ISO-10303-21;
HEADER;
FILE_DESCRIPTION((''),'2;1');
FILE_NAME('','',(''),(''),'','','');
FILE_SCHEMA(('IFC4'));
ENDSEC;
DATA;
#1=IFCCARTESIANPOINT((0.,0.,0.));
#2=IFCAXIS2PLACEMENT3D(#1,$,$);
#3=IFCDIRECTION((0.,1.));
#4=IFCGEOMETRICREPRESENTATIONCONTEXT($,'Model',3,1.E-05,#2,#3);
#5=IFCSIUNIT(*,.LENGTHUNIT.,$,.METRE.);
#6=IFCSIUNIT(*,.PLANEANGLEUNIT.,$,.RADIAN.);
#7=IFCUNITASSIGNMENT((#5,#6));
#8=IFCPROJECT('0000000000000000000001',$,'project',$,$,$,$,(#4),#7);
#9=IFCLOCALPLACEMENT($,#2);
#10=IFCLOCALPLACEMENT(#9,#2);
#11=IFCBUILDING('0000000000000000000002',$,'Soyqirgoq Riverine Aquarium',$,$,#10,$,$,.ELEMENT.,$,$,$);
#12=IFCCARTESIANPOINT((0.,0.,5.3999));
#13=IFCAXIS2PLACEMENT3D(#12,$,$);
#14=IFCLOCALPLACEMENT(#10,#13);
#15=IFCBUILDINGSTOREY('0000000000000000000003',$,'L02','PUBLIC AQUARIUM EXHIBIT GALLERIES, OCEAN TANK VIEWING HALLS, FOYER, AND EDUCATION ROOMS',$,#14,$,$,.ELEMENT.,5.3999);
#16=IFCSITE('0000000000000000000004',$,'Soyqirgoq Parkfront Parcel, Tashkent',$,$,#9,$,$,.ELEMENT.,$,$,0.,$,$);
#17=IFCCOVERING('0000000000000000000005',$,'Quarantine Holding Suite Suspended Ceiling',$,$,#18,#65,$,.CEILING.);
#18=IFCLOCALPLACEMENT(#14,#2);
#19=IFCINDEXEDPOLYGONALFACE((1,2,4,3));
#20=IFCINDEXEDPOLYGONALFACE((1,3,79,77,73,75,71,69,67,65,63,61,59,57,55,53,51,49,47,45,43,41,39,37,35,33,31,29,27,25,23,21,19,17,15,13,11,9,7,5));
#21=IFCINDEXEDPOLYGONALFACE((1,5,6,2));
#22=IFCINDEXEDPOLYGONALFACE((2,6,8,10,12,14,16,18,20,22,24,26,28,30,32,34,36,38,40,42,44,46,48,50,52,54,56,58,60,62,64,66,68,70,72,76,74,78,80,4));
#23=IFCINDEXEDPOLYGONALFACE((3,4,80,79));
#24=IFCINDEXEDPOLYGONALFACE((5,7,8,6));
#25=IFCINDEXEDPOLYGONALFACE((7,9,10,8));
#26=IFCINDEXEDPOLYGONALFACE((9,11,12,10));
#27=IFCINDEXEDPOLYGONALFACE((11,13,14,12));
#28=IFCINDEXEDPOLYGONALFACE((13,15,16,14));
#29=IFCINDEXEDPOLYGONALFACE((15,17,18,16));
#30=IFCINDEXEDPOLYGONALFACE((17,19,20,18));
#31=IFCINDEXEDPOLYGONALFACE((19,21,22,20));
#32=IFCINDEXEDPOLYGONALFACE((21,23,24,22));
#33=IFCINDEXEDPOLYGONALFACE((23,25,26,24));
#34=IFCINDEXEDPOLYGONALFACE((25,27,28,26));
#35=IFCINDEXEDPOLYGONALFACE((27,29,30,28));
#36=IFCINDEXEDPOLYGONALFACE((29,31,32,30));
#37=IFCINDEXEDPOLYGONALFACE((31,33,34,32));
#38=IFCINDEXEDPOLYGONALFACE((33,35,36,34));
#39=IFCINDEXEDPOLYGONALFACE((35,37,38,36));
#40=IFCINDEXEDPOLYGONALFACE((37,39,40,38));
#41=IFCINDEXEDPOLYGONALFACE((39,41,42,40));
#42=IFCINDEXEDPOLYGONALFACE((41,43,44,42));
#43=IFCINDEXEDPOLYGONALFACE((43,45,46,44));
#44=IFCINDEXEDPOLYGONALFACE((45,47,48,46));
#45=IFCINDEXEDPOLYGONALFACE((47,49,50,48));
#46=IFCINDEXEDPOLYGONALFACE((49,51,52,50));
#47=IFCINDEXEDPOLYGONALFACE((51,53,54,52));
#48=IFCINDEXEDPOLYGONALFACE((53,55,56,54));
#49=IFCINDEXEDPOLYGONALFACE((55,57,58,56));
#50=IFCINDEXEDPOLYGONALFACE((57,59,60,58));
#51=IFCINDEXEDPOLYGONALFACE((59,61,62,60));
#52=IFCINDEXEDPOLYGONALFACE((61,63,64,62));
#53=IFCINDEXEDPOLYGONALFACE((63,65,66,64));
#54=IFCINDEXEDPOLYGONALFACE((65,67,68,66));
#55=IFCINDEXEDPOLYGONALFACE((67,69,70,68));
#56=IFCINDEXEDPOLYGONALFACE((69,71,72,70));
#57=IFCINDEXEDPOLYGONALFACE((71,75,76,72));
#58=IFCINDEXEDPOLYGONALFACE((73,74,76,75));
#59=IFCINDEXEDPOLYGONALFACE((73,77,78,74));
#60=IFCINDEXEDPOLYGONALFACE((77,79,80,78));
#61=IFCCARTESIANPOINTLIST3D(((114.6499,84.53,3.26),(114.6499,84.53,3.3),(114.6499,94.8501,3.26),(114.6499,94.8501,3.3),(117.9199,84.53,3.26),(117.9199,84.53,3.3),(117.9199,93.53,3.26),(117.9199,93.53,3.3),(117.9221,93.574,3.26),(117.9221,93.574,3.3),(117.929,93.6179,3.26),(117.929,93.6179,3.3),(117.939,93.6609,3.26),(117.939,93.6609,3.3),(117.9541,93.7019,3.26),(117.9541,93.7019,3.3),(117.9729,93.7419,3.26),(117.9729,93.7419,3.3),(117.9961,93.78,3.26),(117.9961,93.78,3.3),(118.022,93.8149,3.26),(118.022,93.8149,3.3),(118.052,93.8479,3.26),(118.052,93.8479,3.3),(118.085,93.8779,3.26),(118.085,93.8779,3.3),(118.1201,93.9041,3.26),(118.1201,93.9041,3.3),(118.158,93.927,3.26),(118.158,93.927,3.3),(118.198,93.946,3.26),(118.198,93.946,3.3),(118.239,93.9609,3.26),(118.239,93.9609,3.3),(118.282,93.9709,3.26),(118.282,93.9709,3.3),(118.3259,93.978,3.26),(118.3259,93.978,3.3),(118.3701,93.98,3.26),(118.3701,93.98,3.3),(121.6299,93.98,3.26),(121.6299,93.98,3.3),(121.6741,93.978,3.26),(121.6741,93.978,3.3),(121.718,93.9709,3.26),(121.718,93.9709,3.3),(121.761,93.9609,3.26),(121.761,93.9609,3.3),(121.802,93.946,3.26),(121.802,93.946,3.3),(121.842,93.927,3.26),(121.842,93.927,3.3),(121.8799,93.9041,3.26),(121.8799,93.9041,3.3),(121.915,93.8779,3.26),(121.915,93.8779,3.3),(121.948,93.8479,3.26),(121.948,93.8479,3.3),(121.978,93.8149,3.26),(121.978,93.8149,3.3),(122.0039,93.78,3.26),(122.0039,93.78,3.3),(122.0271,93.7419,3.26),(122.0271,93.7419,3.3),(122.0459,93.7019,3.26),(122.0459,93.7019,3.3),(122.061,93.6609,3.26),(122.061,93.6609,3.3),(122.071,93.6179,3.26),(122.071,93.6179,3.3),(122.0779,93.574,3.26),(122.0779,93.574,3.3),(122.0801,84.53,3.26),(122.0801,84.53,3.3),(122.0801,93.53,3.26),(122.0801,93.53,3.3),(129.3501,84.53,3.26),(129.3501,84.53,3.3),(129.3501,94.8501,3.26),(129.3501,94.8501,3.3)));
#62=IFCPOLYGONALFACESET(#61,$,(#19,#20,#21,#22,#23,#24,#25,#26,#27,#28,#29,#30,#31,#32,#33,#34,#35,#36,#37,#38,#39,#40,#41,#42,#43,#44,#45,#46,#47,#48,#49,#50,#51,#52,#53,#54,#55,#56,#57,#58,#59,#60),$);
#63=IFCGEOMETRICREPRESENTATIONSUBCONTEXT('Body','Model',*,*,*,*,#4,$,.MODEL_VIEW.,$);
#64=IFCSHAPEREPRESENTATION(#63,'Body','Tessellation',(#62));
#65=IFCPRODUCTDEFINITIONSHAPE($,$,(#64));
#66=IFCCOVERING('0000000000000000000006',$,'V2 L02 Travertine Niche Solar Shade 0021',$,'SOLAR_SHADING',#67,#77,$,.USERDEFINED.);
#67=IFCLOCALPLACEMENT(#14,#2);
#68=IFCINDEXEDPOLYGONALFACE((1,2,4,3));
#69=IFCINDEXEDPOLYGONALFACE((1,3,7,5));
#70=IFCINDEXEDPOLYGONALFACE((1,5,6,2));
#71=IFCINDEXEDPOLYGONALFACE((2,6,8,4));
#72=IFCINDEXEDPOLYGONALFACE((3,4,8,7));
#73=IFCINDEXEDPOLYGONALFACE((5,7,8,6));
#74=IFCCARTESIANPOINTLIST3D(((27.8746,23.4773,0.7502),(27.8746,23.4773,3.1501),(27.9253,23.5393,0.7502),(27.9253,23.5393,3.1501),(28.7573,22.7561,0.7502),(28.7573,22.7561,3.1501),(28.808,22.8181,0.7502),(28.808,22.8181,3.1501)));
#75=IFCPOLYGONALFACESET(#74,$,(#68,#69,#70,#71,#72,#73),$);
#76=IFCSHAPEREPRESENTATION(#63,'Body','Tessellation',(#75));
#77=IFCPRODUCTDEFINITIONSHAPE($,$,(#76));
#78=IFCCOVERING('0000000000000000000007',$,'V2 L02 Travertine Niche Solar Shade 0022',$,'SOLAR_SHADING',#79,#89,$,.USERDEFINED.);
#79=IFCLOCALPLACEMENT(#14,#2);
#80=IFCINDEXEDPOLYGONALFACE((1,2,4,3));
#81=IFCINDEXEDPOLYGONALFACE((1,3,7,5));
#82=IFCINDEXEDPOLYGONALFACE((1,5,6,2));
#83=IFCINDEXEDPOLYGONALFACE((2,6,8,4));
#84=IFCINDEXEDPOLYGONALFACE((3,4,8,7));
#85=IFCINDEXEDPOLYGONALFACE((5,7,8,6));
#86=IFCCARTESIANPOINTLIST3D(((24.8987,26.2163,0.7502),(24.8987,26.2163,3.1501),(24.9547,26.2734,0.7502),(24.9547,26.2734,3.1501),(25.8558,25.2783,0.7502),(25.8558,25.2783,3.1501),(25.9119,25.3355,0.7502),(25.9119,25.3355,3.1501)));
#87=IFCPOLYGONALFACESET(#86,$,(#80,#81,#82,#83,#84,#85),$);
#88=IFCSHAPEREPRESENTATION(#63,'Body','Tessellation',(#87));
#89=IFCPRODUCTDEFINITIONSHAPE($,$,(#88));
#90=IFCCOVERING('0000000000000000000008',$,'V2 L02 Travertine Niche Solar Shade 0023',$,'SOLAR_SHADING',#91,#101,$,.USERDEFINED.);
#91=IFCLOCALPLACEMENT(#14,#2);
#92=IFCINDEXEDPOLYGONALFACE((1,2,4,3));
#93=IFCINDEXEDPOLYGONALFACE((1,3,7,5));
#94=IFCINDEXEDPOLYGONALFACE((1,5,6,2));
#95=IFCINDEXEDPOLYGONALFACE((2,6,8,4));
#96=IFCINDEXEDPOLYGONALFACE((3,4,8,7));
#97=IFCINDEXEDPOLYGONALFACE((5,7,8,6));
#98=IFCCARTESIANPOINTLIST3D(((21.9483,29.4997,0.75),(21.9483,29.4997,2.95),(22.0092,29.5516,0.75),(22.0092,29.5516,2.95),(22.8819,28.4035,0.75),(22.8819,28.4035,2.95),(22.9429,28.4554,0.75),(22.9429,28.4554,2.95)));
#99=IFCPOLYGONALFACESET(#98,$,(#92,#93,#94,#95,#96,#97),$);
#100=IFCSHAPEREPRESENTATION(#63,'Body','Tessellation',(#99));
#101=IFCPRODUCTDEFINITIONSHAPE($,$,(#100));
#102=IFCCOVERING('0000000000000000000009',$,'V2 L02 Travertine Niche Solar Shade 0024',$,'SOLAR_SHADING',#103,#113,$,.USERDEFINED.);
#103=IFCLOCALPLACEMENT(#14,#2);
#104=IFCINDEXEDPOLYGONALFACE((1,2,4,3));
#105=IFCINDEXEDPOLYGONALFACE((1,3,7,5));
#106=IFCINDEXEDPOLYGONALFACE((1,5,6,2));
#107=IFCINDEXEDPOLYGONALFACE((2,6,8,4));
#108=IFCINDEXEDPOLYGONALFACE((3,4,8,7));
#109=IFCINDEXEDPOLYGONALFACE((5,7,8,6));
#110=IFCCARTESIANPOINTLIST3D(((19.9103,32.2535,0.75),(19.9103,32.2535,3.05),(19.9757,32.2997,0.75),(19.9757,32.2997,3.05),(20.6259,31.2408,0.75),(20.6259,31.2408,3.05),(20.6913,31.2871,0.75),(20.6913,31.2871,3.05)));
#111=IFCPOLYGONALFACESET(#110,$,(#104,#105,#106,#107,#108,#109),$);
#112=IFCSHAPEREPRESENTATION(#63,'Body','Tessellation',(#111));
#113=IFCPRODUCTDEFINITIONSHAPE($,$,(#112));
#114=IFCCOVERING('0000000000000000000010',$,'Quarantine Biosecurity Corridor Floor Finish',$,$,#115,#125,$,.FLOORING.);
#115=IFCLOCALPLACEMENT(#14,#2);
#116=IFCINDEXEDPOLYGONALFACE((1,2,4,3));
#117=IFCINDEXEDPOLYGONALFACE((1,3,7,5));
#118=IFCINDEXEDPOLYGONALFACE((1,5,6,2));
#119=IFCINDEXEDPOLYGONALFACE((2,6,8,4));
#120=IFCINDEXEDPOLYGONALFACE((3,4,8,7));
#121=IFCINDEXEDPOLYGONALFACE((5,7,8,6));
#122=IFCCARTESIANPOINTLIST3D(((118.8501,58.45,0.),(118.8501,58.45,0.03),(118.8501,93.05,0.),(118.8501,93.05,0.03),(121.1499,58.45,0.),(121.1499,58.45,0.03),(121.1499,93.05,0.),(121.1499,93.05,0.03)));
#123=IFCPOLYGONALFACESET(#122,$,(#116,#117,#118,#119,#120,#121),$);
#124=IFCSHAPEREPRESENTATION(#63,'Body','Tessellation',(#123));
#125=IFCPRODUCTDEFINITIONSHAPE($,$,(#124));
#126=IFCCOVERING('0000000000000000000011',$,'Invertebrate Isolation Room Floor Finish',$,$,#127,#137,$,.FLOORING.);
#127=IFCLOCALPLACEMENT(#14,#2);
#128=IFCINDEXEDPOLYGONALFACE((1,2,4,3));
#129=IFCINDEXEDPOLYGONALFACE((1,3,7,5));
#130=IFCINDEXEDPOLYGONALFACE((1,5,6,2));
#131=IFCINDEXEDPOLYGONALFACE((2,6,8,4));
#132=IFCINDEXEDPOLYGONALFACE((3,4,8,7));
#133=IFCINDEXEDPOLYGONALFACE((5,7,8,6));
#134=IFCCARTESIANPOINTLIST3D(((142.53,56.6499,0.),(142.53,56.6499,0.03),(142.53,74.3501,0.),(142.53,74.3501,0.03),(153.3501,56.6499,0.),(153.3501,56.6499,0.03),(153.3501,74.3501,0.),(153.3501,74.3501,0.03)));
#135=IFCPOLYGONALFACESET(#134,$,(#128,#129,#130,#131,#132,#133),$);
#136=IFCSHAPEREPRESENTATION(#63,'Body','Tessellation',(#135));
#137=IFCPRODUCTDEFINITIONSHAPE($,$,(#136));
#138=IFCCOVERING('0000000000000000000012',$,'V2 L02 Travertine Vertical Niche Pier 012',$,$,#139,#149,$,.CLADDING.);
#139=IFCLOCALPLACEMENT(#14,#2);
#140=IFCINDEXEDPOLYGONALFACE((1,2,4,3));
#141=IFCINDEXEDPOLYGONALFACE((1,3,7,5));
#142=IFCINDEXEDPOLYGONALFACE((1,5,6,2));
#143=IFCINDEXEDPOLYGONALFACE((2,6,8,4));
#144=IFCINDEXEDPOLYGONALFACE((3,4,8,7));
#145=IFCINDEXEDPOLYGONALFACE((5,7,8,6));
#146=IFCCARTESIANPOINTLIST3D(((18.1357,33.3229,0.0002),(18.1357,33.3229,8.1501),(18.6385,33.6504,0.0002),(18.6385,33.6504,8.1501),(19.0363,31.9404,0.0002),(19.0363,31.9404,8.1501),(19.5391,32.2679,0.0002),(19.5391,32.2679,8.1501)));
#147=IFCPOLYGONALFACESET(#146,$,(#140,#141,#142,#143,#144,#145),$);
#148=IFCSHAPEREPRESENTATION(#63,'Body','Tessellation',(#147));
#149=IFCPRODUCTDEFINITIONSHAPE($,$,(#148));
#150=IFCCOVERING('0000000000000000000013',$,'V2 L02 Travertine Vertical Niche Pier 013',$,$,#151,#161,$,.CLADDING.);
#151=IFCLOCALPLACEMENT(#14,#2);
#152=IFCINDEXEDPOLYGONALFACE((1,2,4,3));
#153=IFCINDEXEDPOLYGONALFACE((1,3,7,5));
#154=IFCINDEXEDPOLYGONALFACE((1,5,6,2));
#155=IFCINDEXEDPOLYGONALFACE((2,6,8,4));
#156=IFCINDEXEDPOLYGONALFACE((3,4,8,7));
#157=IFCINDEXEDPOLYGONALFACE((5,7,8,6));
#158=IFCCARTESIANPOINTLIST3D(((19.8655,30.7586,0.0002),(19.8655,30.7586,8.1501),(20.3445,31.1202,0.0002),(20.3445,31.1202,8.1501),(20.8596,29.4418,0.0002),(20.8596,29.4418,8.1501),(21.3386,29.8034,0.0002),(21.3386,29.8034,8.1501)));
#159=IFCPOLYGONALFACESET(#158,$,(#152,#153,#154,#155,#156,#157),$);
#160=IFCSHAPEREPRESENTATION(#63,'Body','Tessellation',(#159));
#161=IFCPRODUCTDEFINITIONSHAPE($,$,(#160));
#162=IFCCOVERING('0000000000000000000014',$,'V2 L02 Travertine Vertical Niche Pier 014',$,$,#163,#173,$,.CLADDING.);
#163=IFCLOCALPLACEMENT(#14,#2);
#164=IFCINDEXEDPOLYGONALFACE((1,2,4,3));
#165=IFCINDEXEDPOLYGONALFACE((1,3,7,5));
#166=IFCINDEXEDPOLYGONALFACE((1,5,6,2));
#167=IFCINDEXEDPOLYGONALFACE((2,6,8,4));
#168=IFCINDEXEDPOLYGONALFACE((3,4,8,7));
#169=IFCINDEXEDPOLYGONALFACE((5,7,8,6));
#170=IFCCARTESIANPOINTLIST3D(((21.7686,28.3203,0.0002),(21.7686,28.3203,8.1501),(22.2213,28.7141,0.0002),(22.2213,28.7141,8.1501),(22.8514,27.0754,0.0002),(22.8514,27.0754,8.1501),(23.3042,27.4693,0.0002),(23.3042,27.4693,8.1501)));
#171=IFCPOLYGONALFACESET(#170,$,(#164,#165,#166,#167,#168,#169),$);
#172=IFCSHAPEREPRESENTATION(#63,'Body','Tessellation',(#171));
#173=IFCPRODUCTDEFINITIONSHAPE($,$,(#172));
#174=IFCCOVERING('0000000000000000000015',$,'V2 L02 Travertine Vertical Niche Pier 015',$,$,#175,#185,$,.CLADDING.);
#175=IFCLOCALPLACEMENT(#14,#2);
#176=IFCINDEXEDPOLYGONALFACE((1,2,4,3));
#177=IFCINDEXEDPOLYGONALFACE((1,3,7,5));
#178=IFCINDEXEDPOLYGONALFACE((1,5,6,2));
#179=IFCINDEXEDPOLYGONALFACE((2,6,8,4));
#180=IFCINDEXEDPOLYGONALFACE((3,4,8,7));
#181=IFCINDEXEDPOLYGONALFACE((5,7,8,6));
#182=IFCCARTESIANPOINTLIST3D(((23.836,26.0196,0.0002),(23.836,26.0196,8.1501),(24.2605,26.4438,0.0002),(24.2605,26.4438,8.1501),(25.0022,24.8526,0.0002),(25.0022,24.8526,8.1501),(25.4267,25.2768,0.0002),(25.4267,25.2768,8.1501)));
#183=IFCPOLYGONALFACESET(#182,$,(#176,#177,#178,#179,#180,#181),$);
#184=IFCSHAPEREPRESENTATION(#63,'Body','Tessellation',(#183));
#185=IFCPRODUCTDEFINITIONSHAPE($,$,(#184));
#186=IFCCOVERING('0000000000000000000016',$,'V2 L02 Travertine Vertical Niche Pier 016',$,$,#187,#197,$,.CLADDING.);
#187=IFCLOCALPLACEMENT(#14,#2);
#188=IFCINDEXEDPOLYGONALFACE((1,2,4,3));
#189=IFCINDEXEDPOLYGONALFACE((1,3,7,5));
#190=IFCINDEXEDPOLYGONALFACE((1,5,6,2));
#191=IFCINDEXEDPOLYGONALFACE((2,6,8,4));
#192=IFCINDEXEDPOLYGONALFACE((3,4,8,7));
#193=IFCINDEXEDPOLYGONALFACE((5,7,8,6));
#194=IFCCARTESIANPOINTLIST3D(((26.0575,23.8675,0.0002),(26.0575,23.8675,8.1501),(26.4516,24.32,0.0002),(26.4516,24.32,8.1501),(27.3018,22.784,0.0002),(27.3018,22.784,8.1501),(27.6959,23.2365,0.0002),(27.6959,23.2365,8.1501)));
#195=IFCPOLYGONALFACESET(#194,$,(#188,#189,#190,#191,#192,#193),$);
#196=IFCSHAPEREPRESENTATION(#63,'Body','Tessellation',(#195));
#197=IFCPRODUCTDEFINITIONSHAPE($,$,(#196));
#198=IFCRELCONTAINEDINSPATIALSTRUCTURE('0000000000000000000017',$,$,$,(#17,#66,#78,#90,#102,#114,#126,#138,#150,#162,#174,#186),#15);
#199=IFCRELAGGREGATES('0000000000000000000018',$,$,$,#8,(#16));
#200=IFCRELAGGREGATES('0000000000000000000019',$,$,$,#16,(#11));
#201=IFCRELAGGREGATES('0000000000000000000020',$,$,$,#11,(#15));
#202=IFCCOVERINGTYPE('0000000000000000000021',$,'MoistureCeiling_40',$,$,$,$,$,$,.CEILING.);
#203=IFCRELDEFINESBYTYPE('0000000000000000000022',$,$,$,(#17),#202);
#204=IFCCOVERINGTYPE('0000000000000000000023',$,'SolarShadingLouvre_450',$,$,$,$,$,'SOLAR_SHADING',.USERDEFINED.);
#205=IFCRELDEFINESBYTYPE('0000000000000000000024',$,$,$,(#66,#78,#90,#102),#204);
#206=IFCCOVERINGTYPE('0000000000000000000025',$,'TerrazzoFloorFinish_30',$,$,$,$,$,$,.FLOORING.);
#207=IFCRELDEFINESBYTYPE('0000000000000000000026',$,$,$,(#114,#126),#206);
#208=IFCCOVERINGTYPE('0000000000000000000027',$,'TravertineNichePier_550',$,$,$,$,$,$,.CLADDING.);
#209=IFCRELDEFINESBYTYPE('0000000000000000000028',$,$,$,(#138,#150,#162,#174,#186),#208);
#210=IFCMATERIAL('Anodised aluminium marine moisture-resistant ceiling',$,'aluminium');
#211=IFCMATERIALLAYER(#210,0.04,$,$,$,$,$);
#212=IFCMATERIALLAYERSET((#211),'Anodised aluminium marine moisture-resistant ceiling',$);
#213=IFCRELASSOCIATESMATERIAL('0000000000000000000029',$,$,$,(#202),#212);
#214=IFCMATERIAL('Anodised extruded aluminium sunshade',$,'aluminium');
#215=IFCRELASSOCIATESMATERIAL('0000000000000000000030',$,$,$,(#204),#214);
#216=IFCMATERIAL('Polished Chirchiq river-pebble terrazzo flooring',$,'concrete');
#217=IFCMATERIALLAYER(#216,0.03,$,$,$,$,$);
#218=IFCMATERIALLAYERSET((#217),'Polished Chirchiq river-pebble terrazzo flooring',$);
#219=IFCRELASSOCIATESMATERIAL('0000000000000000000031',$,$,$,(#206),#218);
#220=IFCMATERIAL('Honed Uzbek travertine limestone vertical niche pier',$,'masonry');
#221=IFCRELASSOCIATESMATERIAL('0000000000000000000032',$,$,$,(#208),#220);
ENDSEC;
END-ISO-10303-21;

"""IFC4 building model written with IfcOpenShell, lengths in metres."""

from ifc_helpers import new_model, si_unit, direction, frame, origin, origin_2d, place, context, subcontext, project, spatial, polyline, rectangle, outline, extrude, material, layer, layer_set, type_object, element, save


model = new_model("IFC4")

# Units and contexts
model_context = context("Model", 3, precision=1e-05, world=origin(), true_north=direction((0.0, 1.0)))
body_context = subcontext(model_context, "Body", "Model", "MODEL_VIEW")
ifc_project = project(units=[si_unit("LENGTHUNIT", "METRE"), si_unit("PLANEANGLEUNIT", "RADIAN")], contexts=[model_context])

# Site, building, storey
site_placement = place(None, origin())
site = spatial("IfcSite", under=ifc_project, at=site_placement, Name="Soyqirgoq Parkfront Parcel, Tashkent", CompositionType="ELEMENT", RefElevation=0.0)
building_placement = place(site_placement, origin())
building = spatial("IfcBuilding", under=site, at=building_placement, Name="Soyqirgoq Riverine Aquarium", CompositionType="ELEMENT")
storey_placement = place(building_placement, frame((0.0, 0.0, 5.3999)))
storey = spatial("IfcBuildingStorey", under=building, at=storey_placement, Name="L02", Description="PUBLIC AQUARIUM EXHIBIT GALLERIES, OCEAN TANK VIEWING HALLS, FOYER, AND EDUCATION ROOMS", CompositionType="ELEMENT", Elevation=5.3999)

# Coverings
ifc_material_1 = material(Name="Anodised aluminium marine moisture-resistant ceiling", Category="aluminium")
ifc_layer_1 = layer(ifc_material_1, 0.04)
ifc_layer_set_1 = layer_set([ifc_layer_1], Name="Anodised aluminium marine moisture-resistant ceiling")
covering_type_1 = type_object("IfcCoveringType", Name="MoistureCeiling_40", PredefinedType="CEILING", material=ifc_layer_set_1)
covering_1_placement = place(storey_placement, frame((0.0, 0.0, 3.26)))
element("IfcCovering", 1, at=covering_1_placement, inside=storey, type_object=covering_type_1, Name="Quarantine Holding Suite Suspended Ceiling", PredefinedType="CEILING", context=body_context, shape_type="SweptSolid", body=[
    extrude(outline(polyline([(114.6499, 94.8501), (129.3501, 94.8501), (129.3501, 84.53), (122.0801, 84.53), (122.0801, 93.53), (122.0779, 93.574), (122.071, 93.6179), (122.061, 93.6609), (122.0459, 93.7019), (122.0271, 93.7419), (122.0039, 93.78), (121.978, 93.8149), (121.948, 93.8479), (121.915, 93.8779), (121.8799, 93.9041), (121.842, 93.927), (121.802, 93.946), (121.761, 93.9609), (121.718, 93.9709), (121.6741, 93.978), (121.6299, 93.98), (118.3701, 93.98), (118.3259, 93.978), (118.282, 93.9709), (118.239, 93.9609), (118.198, 93.946), (118.158, 93.927), (118.1201, 93.9041), (118.085, 93.8779), (118.052, 93.8479), (118.022, 93.8149), (117.9961, 93.78), (117.9729, 93.7419), (117.9541, 93.7019), (117.939, 93.6609), (117.929, 93.6179), (117.9221, 93.574), (117.9199, 93.53), (117.9199, 84.53), (114.6499, 84.53), (114.6499, 94.8501)])), origin(), (0.0, 0.0, 1.0), 0.04),
])
ifc_material_2 = material(Name="Anodised extruded aluminium sunshade", Category="aluminium")
covering_type_2 = type_object("IfcCoveringType", Name="SolarShadingLouvre_450", ElementType="SOLAR_SHADING", PredefinedType="USERDEFINED", material=ifc_material_2)
covering_2_placement = place(storey_placement, frame((28.3413, 23.1477, 0.7502), z_axis=(0.0, 0.0, 1.0), x_axis=(-0.774393, 0.632705, 0.0)))
element("IfcCovering", 2, at=covering_2_placement, inside=storey, type_object=covering_type_2, Name="V2 L02 Travertine Niche Solar Shade 0021", ObjectType="SOLAR_SHADING", PredefinedType="USERDEFINED", context=body_context, shape_type="SweptSolid", body=[
    extrude(rectangle(XDim=1.1399, YDim=0.0801, at=origin_2d()), origin(), (0.0, 0.0, 1.0), 2.3999),
])
covering_3_placement = place(storey_placement, frame((25.4053, 25.7759, 0.7502), z_axis=(0.0, 0.0, 1.0), x_axis=(-0.714228, 0.699913, 0.0)))
element("IfcCovering", 3, at=covering_3_placement, inside=storey, type_object=covering_type_2, Name="V2 L02 Travertine Niche Solar Shade 0022", ObjectType="SOLAR_SHADING", PredefinedType="USERDEFINED", context=body_context, shape_type="SweptSolid", body=[
    extrude(rectangle(XDim=1.3401, YDim=0.0801, at=origin_2d()), origin(), (0.0, 0.0, 1.0), 2.3999),
])
covering_4_placement = place(storey_placement, frame((22.4456, 28.9775, 0.75), z_axis=(0.0, 0.0, 1.0), x_axis=(-0.648386, 0.761312, 0.0)))
element("IfcCovering", 4, at=covering_4_placement, inside=storey, type_object=covering_type_2, Name="V2 L02 Travertine Niche Solar Shade 0023", ObjectType="SOLAR_SHADING", PredefinedType="USERDEFINED", context=body_context, shape_type="SweptSolid", body=[
    extrude(rectangle(XDim=1.4399, YDim=0.0801, at=origin_2d()), origin(), (0.0, 0.0, 1.0), 2.2),
])
covering_5_placement = place(storey_placement, frame((20.3008, 31.7703, 0.75), z_axis=(0.0, 0.0, 1.0), x_axis=(-0.577145, 0.816642, 0.0)))
element("IfcCovering", 5, at=covering_5_placement, inside=storey, type_object=covering_type_2, Name="V2 L02 Travertine Niche Solar Shade 0024", ObjectType="SOLAR_SHADING", PredefinedType="USERDEFINED", context=body_context, shape_type="SweptSolid", body=[
    extrude(rectangle(XDim=1.24, YDim=0.0801, at=origin_2d()), origin(), (0.0, 0.0, 1.0), 2.3),
])
ifc_material_3 = material(Name="Polished Chirchiq river-pebble terrazzo flooring", Category="concrete")
ifc_layer_2 = layer(ifc_material_3, 0.03)
ifc_layer_set_2 = layer_set([ifc_layer_2], Name="Polished Chirchiq river-pebble terrazzo flooring")
covering_type_3 = type_object("IfcCoveringType", Name="TerrazzoFloorFinish_30", PredefinedType="FLOORING", material=ifc_layer_set_2)
covering_6_placement = place(storey_placement, origin())
element("IfcCovering", 6, at=covering_6_placement, inside=storey, type_object=covering_type_3, Name="Quarantine Biosecurity Corridor Floor Finish", PredefinedType="FLOORING", context=body_context, shape_type="SweptSolid", body=[
    extrude(outline(polyline([(118.8501, 58.45), (118.8501, 93.05), (121.1499, 93.05), (121.1499, 58.45), (118.8501, 58.45)])), origin(), (0.0, 0.0, 1.0), 0.03),
])
covering_7_placement = place(storey_placement, origin())
element("IfcCovering", 7, at=covering_7_placement, inside=storey, type_object=covering_type_3, Name="Invertebrate Isolation Room Floor Finish", PredefinedType="FLOORING", context=body_context, shape_type="SweptSolid", body=[
    extrude(outline(polyline([(153.3501, 74.3501), (153.3501, 56.6499), (142.53, 56.6499), (142.53, 74.3501), (153.3501, 74.3501)])), origin(), (0.0, 0.0, 1.0), 0.03),
])
ifc_material_4 = material(Name="Honed Uzbek travertine limestone vertical niche pier", Category="masonry")
covering_type_4 = type_object("IfcCoveringType", Name="TravertineNichePier_550", PredefinedType="CLADDING", material=ifc_material_4)
for number, where, z_axis, x_axis, name in (
    (8, (18.8374, 32.7954, 0.0002), (0.0, 0.0, 1.0), (-0.837909, -0.54581, 0.0), "V2 L02 Travertine Vertical Niche Pier 012"),
    (9, (20.6021, 30.281, 0.0002), (0.0, 0.0, 1.0), (-0.79811, -0.602512, 0.0), "V2 L02 Travertine Vertical Niche Pier 013"),
    (10, (22.5364, 27.8948, 0.0002), (0.0, 0.0, 1.0), (-0.754481, -0.656322, 0.0), "V2 L02 Travertine Vertical Niche Pier 014"),
    (11, (24.6313, 25.6482, 0.0002), (0.0, 0.0, 1.0), (-0.707354, -0.70686, 0.0), "V2 L02 Travertine Vertical Niche Pier 015"),
    (12, (26.8767, 23.552, 0.0002), (0.0, 0.0, 1.0), (-0.656717, -0.754137, 0.0), "V2 L02 Travertine Vertical Niche Pier 016"),
):
    element("IfcCovering", number, at=place(storey_placement, frame(where, z_axis=z_axis, x_axis=x_axis)), inside=storey, type_object=covering_type_4, Name=name, PredefinedType="CLADDING", context=body_context, shape_type="SweptSolid", body=[
        extrude(rectangle(XDim=0.6001, YDim=1.6499, at=origin_2d()), origin(), (0.0, 0.0, 1.0), 8.1499),
    ])

save(model, "model.ifc")
